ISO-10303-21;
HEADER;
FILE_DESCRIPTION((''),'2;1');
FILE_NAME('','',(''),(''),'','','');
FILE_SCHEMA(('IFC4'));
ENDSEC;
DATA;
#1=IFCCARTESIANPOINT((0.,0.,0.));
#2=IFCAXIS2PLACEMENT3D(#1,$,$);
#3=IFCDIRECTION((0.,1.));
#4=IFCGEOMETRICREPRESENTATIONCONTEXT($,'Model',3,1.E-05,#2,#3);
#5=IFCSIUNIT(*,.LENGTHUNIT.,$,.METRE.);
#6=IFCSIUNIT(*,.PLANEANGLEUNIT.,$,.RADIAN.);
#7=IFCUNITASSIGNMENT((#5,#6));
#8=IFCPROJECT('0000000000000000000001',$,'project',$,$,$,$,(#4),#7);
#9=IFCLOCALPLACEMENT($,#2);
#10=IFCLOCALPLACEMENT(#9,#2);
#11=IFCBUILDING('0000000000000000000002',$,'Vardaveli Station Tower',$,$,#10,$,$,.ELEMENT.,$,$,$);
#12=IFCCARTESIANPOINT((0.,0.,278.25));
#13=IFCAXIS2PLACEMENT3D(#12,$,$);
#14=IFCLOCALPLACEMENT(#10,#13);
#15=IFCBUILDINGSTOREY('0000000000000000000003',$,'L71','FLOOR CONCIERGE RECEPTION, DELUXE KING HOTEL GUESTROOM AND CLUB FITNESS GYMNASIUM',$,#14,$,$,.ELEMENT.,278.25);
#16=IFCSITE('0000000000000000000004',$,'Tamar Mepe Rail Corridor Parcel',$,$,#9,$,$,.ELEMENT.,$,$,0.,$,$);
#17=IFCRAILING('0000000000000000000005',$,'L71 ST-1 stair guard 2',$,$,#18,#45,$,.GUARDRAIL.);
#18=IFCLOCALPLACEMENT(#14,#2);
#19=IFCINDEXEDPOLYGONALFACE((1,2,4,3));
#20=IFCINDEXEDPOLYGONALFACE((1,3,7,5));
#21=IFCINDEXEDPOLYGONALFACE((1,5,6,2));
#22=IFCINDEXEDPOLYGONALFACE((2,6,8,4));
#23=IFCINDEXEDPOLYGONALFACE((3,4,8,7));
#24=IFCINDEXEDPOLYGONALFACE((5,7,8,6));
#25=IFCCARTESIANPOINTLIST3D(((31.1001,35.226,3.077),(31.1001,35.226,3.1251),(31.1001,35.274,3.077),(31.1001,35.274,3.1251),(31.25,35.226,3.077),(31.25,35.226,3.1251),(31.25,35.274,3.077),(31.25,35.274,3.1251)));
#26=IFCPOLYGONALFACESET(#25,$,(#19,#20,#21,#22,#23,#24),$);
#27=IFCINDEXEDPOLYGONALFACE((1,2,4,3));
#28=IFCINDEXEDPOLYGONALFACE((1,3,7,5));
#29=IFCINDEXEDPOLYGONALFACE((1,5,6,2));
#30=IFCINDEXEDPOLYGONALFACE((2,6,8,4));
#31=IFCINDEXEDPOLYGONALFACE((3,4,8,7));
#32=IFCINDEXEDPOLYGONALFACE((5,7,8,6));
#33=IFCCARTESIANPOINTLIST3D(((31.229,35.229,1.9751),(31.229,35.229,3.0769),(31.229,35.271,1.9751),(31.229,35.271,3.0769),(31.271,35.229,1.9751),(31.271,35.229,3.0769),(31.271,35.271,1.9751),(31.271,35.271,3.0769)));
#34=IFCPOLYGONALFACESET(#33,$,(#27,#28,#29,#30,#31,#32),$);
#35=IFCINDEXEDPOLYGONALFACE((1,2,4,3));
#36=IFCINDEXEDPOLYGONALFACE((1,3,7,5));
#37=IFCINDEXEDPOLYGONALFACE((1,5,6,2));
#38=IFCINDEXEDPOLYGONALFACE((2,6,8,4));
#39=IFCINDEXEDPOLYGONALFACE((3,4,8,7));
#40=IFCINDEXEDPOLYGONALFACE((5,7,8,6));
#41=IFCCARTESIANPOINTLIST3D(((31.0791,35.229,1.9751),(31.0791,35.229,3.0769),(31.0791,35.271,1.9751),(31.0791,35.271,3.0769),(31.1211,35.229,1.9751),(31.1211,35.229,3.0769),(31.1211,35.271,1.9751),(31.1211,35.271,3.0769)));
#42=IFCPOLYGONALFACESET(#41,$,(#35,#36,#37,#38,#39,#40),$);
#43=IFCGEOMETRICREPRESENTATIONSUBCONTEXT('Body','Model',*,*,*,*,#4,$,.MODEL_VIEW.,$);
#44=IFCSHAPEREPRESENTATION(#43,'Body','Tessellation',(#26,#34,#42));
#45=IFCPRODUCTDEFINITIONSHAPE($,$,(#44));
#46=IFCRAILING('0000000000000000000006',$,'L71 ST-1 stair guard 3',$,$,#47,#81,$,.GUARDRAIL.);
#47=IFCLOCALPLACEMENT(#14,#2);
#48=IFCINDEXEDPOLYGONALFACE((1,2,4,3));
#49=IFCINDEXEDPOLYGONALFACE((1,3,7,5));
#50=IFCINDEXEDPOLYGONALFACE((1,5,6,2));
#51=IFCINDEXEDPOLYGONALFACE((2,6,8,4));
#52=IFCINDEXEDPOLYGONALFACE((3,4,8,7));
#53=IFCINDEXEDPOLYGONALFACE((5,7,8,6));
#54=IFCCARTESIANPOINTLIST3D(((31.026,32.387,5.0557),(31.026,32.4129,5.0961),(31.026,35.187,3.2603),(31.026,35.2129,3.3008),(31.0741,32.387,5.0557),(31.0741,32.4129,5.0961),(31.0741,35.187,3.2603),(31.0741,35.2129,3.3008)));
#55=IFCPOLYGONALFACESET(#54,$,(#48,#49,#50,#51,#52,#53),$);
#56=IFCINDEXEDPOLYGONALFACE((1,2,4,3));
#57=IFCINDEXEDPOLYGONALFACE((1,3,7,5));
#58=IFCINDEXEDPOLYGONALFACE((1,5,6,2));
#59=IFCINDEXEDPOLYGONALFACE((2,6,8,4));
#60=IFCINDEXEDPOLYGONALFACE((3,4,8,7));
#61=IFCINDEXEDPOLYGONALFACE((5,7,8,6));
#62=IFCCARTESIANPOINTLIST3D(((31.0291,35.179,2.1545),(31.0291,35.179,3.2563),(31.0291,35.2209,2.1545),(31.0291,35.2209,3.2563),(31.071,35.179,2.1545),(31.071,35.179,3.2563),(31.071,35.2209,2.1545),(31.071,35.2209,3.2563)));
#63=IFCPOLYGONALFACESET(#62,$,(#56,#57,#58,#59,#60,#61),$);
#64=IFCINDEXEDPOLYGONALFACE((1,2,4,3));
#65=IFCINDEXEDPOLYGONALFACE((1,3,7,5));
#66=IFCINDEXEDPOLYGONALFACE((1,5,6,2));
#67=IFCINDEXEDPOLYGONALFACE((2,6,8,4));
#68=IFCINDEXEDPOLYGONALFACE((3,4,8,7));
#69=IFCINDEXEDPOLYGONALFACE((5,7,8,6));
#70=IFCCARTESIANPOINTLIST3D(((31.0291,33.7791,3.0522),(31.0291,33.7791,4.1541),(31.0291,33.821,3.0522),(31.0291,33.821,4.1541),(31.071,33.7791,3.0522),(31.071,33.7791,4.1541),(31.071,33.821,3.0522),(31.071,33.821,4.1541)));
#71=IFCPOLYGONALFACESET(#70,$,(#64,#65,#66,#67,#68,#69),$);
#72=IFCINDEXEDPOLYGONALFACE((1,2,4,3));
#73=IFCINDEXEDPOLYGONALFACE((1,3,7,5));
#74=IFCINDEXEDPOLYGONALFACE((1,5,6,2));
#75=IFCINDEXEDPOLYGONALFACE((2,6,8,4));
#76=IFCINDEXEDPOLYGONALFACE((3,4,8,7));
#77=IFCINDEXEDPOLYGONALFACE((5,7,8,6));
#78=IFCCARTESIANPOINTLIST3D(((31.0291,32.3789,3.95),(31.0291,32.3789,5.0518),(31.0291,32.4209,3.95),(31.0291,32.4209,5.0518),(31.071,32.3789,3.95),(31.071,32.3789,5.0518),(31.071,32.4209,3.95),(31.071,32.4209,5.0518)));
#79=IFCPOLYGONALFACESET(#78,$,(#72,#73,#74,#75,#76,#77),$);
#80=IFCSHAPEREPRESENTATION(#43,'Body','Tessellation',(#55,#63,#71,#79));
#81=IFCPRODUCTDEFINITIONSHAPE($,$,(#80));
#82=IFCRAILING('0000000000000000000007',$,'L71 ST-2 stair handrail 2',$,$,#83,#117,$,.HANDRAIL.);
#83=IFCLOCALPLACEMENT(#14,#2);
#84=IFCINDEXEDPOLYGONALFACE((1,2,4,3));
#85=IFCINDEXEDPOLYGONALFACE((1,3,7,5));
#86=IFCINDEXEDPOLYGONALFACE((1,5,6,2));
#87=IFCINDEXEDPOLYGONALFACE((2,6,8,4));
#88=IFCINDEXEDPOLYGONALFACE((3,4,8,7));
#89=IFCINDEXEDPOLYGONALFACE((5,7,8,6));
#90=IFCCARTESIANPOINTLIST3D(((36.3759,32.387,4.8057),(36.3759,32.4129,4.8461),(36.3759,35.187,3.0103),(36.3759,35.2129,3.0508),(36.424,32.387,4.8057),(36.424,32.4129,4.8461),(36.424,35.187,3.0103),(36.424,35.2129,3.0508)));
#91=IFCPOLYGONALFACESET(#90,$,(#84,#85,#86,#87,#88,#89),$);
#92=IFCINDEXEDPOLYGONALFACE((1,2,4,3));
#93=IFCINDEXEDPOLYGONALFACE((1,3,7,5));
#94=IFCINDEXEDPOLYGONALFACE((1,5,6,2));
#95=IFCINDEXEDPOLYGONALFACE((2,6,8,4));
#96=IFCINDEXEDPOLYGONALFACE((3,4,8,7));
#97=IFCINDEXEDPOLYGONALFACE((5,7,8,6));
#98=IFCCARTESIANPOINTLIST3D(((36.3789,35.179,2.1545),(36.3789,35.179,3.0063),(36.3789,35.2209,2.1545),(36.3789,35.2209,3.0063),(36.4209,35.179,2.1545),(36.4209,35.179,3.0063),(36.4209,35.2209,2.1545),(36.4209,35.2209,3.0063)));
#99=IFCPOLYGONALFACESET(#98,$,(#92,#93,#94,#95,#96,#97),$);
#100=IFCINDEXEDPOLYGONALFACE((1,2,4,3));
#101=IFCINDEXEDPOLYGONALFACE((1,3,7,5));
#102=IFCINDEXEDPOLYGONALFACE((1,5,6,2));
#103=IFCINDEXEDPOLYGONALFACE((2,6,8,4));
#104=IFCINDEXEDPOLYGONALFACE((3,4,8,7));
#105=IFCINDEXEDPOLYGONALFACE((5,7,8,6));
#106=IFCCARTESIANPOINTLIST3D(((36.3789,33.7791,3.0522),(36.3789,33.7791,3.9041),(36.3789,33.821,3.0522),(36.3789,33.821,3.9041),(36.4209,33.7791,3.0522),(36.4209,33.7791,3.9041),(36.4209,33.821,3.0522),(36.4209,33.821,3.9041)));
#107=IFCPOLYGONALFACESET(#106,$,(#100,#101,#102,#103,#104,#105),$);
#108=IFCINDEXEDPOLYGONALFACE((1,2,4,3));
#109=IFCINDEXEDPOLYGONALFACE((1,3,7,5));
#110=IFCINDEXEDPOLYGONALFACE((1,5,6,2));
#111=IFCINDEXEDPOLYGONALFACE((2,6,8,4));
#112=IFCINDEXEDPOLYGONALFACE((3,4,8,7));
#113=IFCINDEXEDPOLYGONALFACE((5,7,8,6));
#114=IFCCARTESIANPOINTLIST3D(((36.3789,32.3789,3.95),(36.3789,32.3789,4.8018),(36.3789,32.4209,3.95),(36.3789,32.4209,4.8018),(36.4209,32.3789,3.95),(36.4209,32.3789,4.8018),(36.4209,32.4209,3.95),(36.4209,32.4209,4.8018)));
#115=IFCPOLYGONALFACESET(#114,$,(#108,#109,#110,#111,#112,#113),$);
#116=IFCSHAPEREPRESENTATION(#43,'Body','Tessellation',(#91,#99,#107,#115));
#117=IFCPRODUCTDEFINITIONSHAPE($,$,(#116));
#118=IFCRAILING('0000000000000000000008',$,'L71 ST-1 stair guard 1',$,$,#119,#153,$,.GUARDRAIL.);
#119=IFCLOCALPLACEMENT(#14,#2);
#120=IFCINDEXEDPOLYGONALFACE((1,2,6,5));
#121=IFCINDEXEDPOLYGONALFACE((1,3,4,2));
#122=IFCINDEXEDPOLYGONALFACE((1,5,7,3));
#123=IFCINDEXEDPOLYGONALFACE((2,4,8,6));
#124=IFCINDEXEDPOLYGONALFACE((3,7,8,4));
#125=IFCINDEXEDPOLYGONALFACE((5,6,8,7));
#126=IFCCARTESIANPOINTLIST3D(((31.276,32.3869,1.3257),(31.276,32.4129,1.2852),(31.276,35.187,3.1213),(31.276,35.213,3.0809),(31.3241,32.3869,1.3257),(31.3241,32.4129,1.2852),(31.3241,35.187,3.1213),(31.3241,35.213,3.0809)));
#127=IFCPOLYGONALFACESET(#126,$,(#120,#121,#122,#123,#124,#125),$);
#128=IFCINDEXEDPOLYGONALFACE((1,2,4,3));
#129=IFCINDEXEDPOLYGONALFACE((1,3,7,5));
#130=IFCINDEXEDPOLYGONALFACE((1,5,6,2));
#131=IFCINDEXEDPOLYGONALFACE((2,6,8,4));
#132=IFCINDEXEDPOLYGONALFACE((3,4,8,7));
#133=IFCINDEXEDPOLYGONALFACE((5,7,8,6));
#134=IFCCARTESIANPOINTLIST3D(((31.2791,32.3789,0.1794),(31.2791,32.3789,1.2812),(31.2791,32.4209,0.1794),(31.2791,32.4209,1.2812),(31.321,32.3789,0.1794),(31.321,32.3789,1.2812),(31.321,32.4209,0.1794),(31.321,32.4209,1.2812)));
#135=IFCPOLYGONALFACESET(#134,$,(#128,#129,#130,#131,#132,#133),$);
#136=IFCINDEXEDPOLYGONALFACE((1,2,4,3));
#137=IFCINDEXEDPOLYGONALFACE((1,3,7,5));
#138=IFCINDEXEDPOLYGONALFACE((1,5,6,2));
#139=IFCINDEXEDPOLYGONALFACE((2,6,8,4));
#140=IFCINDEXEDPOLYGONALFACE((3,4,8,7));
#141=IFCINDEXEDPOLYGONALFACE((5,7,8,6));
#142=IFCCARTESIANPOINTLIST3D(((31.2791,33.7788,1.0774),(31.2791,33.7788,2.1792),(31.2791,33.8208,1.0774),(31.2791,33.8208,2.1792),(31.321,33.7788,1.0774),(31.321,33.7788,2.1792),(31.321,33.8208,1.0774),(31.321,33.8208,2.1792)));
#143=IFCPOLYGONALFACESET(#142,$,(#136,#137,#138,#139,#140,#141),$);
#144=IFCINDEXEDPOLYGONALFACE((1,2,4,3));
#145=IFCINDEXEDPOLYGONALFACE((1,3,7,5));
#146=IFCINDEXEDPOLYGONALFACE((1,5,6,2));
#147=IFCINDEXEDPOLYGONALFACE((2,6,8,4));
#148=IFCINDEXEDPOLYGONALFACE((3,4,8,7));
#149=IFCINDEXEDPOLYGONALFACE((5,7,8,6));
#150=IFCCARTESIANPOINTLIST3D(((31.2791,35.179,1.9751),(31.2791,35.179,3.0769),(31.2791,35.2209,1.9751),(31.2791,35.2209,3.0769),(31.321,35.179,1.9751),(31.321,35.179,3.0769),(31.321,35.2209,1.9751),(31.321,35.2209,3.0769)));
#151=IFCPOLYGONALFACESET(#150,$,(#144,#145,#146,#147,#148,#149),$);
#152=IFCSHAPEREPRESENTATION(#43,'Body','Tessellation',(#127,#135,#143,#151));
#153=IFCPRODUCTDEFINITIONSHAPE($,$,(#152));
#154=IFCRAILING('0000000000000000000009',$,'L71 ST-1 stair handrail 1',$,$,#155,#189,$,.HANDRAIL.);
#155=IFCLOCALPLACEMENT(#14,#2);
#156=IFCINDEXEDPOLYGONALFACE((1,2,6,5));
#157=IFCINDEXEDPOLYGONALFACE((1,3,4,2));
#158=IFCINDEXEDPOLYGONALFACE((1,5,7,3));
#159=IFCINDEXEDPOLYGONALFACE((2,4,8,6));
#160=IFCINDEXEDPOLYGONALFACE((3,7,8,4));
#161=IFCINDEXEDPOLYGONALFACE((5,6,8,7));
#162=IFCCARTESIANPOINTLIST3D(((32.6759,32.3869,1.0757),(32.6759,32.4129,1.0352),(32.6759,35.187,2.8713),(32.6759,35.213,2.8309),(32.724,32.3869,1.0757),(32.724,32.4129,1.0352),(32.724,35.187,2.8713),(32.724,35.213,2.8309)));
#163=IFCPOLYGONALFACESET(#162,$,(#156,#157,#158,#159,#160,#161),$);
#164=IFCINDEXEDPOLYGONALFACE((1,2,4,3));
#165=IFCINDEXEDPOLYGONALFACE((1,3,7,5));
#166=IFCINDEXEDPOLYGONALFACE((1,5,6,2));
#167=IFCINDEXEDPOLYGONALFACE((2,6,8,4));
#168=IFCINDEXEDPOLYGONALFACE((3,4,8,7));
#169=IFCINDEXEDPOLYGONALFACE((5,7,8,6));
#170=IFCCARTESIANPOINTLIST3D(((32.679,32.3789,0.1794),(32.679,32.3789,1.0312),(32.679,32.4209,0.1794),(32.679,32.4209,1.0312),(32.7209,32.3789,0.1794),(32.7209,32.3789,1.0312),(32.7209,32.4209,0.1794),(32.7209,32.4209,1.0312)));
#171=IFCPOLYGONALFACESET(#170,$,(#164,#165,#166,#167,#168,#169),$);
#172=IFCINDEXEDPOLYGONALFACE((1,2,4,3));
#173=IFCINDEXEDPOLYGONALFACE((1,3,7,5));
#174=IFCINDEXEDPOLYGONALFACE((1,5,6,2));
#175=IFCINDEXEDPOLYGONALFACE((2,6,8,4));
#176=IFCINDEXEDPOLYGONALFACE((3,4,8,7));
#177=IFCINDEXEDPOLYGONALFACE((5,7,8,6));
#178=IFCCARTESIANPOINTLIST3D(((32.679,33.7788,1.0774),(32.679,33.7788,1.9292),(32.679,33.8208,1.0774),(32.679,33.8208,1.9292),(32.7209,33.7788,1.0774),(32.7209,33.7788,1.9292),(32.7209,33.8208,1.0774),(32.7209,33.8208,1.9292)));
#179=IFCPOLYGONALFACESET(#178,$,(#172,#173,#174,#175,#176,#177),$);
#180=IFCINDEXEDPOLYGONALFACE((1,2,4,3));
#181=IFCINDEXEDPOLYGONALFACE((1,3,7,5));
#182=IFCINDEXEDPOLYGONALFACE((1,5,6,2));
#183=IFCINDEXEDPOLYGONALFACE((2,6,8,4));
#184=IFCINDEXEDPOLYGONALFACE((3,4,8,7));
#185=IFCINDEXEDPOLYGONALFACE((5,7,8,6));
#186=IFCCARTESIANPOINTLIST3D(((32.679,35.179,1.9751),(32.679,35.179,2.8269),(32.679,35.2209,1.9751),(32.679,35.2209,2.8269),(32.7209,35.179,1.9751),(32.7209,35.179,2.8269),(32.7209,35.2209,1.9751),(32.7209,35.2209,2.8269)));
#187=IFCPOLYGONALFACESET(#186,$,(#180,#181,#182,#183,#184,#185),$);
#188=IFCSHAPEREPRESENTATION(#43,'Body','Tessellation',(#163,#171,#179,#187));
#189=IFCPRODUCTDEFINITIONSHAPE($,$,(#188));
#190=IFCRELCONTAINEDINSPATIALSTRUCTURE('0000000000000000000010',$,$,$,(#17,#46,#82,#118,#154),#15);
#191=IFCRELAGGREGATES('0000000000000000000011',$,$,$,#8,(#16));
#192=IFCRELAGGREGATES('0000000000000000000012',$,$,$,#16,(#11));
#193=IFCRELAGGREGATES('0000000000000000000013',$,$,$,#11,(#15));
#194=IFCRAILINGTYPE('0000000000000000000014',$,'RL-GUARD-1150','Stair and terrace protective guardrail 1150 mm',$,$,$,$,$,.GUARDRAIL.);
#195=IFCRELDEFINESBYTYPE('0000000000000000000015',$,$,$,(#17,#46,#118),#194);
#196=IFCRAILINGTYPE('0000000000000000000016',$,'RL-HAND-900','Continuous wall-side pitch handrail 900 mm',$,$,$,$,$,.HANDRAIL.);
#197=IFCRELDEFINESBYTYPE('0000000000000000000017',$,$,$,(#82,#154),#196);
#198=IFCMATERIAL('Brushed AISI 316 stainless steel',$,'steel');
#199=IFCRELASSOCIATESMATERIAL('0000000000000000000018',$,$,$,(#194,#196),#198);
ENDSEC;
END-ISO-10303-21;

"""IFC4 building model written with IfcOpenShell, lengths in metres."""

from ifc_helpers import new_model, si_unit, direction, frame, origin, origin_2d, place, context, subcontext, project, spatial, rectangle, extrude, source, transform, mapped, material, type_object, element, save


model = new_model("IFC4")

# Units and contexts
model_context = context("Model", 3, precision=1e-05, world=origin(), true_north=direction((0.0, 1.0)))
body_context = subcontext(model_context, "Body", "Model", "MODEL_VIEW")
ifc_project = project(units=[si_unit("LENGTHUNIT", "METRE"), si_unit("PLANEANGLEUNIT", "RADIAN")], contexts=[model_context])

# Site, building, storey
site_placement = place(None, origin())
site = spatial("IfcSite", under=ifc_project, at=site_placement, Name="Tamar Mepe Rail Corridor Parcel", CompositionType="ELEMENT", RefElevation=0.0)
building_placement = place(site_placement, origin())
building = spatial("IfcBuilding", under=site, at=building_placement, Name="Vardaveli Station Tower", CompositionType="ELEMENT")
storey_placement = place(building_placement, frame((0.0, 0.0, 278.25)))
storey = spatial("IfcBuildingStorey", under=building, at=storey_placement, Name="L71", Description="FLOOR CONCIERGE RECEPTION, DELUXE KING HOTEL GUESTROOM AND CLUB FITNESS GYMNASIUM", CompositionType="ELEMENT", Elevation=278.25)

# Railings
ifc_material_1 = material(Name="Brushed AISI 316 stainless steel", Category="steel")
railing_type_1 = type_object("IfcRailingType", Name="RL-GUARD-1150", Description="Stair and terrace protective guardrail 1150 mm", PredefinedType="GUARDRAIL", material=ifc_material_1)
shared_shape_1 = source(origin(), body_context, "Body", "SweptSolid", [
    extrude(rectangle(XDim=0.0481, YDim=0.0481, at=origin_2d()), frame((0.0, 0.0, 1.126), z_axis=(-1.0, 0.0, 0.0), x_axis=(0.0, -1.0, 0.0)), (0.0, 0.0, 1.0), 0.1499),
    extrude(rectangle(XDim=0.042, YDim=0.042, at=origin_2d()), origin(), (0.0, 0.0, 1.0), 1.1018),
    extrude(rectangle(XDim=0.042, YDim=0.042, at=origin_2d()), frame((-0.1499, 0.0, 0.0)), (0.0, 0.0, 1.0), 1.1018),
])
railing_1_placement = place(storey_placement, frame((31.25, 35.25, 1.9751)))
element("IfcRailing", 1, at=railing_1_placement, inside=storey, type_object=railing_type_1, Name="L71 ST-1 stair guard 2", PredefinedType="GUARDRAIL", context=body_context, shape_type="MappedRepresentation", body=[
    mapped(shared_shape_1, transform((0.0, 0.0, 0.0), scale=1.0)),
])
shared_shape_2 = source(origin(), body_context, "Body", "SweptSolid", [
    extrude(rectangle(XDim=0.0481, YDim=0.0481, at=origin_2d()), frame((0.0, 0.0, 1.126), z_axis=(0.0, -0.84181, 0.539774), x_axis=(1.0, 0.0, 0.0)), (0.0, 0.0, 1.0), 3.3262),
    extrude(rectangle(XDim=0.042, YDim=0.042, at=origin_2d()), origin(), (0.0, 0.0, 1.0), 1.1018),
    extrude(rectangle(XDim=0.042, YDim=0.042, at=origin_2d()), frame((0.0, -1.3999, 0.8977)), (0.0, 0.0, 1.0), 1.1018),
    extrude(rectangle(XDim=0.042, YDim=0.042, at=origin_2d()), frame((0.0, -2.8, 1.7954)), (0.0, 0.0, 1.0), 1.1018),
])
railing_2_placement = place(storey_placement, frame((31.05, 35.2, 2.1545)))
element("IfcRailing", 2, at=railing_2_placement, inside=storey, type_object=railing_type_1, Name="L71 ST-1 stair guard 3", PredefinedType="GUARDRAIL", context=body_context, shape_type="MappedRepresentation", body=[
    mapped(shared_shape_2, transform((0.0, 0.0, 0.0), scale=1.0)),
])
railing_type_2 = type_object("IfcRailingType", Name="RL-HAND-900", Description="Continuous wall-side pitch handrail 900 mm", PredefinedType="HANDRAIL", material=ifc_material_1)
shared_shape_3 = source(origin(), body_context, "Body", "SweptSolid", [
    extrude(rectangle(XDim=0.0481, YDim=0.0481, at=origin_2d()), frame((0.0, 0.0, 0.876), z_axis=(0.0, -0.84181, 0.539774), x_axis=(1.0, 0.0, 0.0)), (0.0, 0.0, 1.0), 3.3262),
    extrude(rectangle(XDim=0.042, YDim=0.042, at=origin_2d()), origin(), (0.0, 0.0, 1.0), 0.8518),
    extrude(rectangle(XDim=0.042, YDim=0.042, at=origin_2d()), frame((0.0, -1.3999, 0.8977)), (0.0, 0.0, 1.0), 0.8518),
    extrude(rectangle(XDim=0.042, YDim=0.042, at=origin_2d()), frame((0.0, -2.8, 1.7954)), (0.0, 0.0, 1.0), 0.8518),
])
railing_3_placement = place(storey_placement, frame((36.3999, 35.2, 2.1545)))
element("IfcRailing", 3, at=railing_3_placement, inside=storey, type_object=railing_type_2, Name="L71 ST-2 stair handrail 2", PredefinedType="HANDRAIL", context=body_context, shape_type="MappedRepresentation", body=[
    mapped(shared_shape_3, transform((0.0, 0.0, 0.0), scale=1.0)),
])
shared_shape_4 = source(origin(), body_context, "Body", "SweptSolid", [
    extrude(rectangle(XDim=0.0481, YDim=0.0481, at=origin_2d()), frame((0.0, 0.0, 1.126), z_axis=(0.0, 0.841777, 0.539826), x_axis=(-1.0, 0.0, 0.0)), (0.0, 0.0, 1.0), 3.3264),
    extrude(rectangle(XDim=0.042, YDim=0.042, at=origin_2d()), origin(), (0.0, 0.0, 1.0), 1.1018),
    extrude(rectangle(XDim=0.042, YDim=0.042, at=origin_2d()), frame((0.0, 1.3999, 0.8979)), (0.0, 0.0, 1.0), 1.1018),
    extrude(rectangle(XDim=0.042, YDim=0.042, at=origin_2d()), frame((0.0, 2.8, 1.7957)), (0.0, 0.0, 1.0), 1.1018),
])
railing_4_placement = place(storey_placement, frame((31.3, 32.3999, 0.1794)))
element("IfcRailing", 4, at=railing_4_placement, inside=storey, type_object=railing_type_1, Name="L71 ST-1 stair guard 1", PredefinedType="GUARDRAIL", context=body_context, shape_type="MappedRepresentation", body=[
    mapped(shared_shape_4, transform((0.0, 0.0, 0.0), scale=1.0)),
])
shared_shape_5 = source(origin(), body_context, "Body", "SweptSolid", [
    extrude(rectangle(XDim=0.0481, YDim=0.0481, at=origin_2d()), frame((0.0, 0.0, 0.876), z_axis=(0.0, 0.841777, 0.539826), x_axis=(-1.0, 0.0, 0.0)), (0.0, 0.0, 1.0), 3.3264),
    extrude(rectangle(XDim=0.042, YDim=0.042, at=origin_2d()), origin(), (0.0, 0.0, 1.0), 0.8518),
    extrude(rectangle(XDim=0.042, YDim=0.042, at=origin_2d()), frame((0.0, 1.3999, 0.8979)), (0.0, 0.0, 1.0), 0.8518),
    extrude(rectangle(XDim=0.042, YDim=0.042, at=origin_2d()), frame((0.0, 2.8, 1.7957)), (0.0, 0.0, 1.0), 0.8518),
])
railing_5_placement = place(storey_placement, frame((32.7, 32.3999, 0.1794)))
element("IfcRailing", 5, at=railing_5_placement, inside=storey, type_object=railing_type_2, Name="L71 ST-1 stair handrail 1", PredefinedType="HANDRAIL", context=body_context, shape_type="MappedRepresentation", body=[
    mapped(shared_shape_5, transform((0.0, 0.0, 0.0), scale=1.0)),
])

save(model, "model.ifc")
